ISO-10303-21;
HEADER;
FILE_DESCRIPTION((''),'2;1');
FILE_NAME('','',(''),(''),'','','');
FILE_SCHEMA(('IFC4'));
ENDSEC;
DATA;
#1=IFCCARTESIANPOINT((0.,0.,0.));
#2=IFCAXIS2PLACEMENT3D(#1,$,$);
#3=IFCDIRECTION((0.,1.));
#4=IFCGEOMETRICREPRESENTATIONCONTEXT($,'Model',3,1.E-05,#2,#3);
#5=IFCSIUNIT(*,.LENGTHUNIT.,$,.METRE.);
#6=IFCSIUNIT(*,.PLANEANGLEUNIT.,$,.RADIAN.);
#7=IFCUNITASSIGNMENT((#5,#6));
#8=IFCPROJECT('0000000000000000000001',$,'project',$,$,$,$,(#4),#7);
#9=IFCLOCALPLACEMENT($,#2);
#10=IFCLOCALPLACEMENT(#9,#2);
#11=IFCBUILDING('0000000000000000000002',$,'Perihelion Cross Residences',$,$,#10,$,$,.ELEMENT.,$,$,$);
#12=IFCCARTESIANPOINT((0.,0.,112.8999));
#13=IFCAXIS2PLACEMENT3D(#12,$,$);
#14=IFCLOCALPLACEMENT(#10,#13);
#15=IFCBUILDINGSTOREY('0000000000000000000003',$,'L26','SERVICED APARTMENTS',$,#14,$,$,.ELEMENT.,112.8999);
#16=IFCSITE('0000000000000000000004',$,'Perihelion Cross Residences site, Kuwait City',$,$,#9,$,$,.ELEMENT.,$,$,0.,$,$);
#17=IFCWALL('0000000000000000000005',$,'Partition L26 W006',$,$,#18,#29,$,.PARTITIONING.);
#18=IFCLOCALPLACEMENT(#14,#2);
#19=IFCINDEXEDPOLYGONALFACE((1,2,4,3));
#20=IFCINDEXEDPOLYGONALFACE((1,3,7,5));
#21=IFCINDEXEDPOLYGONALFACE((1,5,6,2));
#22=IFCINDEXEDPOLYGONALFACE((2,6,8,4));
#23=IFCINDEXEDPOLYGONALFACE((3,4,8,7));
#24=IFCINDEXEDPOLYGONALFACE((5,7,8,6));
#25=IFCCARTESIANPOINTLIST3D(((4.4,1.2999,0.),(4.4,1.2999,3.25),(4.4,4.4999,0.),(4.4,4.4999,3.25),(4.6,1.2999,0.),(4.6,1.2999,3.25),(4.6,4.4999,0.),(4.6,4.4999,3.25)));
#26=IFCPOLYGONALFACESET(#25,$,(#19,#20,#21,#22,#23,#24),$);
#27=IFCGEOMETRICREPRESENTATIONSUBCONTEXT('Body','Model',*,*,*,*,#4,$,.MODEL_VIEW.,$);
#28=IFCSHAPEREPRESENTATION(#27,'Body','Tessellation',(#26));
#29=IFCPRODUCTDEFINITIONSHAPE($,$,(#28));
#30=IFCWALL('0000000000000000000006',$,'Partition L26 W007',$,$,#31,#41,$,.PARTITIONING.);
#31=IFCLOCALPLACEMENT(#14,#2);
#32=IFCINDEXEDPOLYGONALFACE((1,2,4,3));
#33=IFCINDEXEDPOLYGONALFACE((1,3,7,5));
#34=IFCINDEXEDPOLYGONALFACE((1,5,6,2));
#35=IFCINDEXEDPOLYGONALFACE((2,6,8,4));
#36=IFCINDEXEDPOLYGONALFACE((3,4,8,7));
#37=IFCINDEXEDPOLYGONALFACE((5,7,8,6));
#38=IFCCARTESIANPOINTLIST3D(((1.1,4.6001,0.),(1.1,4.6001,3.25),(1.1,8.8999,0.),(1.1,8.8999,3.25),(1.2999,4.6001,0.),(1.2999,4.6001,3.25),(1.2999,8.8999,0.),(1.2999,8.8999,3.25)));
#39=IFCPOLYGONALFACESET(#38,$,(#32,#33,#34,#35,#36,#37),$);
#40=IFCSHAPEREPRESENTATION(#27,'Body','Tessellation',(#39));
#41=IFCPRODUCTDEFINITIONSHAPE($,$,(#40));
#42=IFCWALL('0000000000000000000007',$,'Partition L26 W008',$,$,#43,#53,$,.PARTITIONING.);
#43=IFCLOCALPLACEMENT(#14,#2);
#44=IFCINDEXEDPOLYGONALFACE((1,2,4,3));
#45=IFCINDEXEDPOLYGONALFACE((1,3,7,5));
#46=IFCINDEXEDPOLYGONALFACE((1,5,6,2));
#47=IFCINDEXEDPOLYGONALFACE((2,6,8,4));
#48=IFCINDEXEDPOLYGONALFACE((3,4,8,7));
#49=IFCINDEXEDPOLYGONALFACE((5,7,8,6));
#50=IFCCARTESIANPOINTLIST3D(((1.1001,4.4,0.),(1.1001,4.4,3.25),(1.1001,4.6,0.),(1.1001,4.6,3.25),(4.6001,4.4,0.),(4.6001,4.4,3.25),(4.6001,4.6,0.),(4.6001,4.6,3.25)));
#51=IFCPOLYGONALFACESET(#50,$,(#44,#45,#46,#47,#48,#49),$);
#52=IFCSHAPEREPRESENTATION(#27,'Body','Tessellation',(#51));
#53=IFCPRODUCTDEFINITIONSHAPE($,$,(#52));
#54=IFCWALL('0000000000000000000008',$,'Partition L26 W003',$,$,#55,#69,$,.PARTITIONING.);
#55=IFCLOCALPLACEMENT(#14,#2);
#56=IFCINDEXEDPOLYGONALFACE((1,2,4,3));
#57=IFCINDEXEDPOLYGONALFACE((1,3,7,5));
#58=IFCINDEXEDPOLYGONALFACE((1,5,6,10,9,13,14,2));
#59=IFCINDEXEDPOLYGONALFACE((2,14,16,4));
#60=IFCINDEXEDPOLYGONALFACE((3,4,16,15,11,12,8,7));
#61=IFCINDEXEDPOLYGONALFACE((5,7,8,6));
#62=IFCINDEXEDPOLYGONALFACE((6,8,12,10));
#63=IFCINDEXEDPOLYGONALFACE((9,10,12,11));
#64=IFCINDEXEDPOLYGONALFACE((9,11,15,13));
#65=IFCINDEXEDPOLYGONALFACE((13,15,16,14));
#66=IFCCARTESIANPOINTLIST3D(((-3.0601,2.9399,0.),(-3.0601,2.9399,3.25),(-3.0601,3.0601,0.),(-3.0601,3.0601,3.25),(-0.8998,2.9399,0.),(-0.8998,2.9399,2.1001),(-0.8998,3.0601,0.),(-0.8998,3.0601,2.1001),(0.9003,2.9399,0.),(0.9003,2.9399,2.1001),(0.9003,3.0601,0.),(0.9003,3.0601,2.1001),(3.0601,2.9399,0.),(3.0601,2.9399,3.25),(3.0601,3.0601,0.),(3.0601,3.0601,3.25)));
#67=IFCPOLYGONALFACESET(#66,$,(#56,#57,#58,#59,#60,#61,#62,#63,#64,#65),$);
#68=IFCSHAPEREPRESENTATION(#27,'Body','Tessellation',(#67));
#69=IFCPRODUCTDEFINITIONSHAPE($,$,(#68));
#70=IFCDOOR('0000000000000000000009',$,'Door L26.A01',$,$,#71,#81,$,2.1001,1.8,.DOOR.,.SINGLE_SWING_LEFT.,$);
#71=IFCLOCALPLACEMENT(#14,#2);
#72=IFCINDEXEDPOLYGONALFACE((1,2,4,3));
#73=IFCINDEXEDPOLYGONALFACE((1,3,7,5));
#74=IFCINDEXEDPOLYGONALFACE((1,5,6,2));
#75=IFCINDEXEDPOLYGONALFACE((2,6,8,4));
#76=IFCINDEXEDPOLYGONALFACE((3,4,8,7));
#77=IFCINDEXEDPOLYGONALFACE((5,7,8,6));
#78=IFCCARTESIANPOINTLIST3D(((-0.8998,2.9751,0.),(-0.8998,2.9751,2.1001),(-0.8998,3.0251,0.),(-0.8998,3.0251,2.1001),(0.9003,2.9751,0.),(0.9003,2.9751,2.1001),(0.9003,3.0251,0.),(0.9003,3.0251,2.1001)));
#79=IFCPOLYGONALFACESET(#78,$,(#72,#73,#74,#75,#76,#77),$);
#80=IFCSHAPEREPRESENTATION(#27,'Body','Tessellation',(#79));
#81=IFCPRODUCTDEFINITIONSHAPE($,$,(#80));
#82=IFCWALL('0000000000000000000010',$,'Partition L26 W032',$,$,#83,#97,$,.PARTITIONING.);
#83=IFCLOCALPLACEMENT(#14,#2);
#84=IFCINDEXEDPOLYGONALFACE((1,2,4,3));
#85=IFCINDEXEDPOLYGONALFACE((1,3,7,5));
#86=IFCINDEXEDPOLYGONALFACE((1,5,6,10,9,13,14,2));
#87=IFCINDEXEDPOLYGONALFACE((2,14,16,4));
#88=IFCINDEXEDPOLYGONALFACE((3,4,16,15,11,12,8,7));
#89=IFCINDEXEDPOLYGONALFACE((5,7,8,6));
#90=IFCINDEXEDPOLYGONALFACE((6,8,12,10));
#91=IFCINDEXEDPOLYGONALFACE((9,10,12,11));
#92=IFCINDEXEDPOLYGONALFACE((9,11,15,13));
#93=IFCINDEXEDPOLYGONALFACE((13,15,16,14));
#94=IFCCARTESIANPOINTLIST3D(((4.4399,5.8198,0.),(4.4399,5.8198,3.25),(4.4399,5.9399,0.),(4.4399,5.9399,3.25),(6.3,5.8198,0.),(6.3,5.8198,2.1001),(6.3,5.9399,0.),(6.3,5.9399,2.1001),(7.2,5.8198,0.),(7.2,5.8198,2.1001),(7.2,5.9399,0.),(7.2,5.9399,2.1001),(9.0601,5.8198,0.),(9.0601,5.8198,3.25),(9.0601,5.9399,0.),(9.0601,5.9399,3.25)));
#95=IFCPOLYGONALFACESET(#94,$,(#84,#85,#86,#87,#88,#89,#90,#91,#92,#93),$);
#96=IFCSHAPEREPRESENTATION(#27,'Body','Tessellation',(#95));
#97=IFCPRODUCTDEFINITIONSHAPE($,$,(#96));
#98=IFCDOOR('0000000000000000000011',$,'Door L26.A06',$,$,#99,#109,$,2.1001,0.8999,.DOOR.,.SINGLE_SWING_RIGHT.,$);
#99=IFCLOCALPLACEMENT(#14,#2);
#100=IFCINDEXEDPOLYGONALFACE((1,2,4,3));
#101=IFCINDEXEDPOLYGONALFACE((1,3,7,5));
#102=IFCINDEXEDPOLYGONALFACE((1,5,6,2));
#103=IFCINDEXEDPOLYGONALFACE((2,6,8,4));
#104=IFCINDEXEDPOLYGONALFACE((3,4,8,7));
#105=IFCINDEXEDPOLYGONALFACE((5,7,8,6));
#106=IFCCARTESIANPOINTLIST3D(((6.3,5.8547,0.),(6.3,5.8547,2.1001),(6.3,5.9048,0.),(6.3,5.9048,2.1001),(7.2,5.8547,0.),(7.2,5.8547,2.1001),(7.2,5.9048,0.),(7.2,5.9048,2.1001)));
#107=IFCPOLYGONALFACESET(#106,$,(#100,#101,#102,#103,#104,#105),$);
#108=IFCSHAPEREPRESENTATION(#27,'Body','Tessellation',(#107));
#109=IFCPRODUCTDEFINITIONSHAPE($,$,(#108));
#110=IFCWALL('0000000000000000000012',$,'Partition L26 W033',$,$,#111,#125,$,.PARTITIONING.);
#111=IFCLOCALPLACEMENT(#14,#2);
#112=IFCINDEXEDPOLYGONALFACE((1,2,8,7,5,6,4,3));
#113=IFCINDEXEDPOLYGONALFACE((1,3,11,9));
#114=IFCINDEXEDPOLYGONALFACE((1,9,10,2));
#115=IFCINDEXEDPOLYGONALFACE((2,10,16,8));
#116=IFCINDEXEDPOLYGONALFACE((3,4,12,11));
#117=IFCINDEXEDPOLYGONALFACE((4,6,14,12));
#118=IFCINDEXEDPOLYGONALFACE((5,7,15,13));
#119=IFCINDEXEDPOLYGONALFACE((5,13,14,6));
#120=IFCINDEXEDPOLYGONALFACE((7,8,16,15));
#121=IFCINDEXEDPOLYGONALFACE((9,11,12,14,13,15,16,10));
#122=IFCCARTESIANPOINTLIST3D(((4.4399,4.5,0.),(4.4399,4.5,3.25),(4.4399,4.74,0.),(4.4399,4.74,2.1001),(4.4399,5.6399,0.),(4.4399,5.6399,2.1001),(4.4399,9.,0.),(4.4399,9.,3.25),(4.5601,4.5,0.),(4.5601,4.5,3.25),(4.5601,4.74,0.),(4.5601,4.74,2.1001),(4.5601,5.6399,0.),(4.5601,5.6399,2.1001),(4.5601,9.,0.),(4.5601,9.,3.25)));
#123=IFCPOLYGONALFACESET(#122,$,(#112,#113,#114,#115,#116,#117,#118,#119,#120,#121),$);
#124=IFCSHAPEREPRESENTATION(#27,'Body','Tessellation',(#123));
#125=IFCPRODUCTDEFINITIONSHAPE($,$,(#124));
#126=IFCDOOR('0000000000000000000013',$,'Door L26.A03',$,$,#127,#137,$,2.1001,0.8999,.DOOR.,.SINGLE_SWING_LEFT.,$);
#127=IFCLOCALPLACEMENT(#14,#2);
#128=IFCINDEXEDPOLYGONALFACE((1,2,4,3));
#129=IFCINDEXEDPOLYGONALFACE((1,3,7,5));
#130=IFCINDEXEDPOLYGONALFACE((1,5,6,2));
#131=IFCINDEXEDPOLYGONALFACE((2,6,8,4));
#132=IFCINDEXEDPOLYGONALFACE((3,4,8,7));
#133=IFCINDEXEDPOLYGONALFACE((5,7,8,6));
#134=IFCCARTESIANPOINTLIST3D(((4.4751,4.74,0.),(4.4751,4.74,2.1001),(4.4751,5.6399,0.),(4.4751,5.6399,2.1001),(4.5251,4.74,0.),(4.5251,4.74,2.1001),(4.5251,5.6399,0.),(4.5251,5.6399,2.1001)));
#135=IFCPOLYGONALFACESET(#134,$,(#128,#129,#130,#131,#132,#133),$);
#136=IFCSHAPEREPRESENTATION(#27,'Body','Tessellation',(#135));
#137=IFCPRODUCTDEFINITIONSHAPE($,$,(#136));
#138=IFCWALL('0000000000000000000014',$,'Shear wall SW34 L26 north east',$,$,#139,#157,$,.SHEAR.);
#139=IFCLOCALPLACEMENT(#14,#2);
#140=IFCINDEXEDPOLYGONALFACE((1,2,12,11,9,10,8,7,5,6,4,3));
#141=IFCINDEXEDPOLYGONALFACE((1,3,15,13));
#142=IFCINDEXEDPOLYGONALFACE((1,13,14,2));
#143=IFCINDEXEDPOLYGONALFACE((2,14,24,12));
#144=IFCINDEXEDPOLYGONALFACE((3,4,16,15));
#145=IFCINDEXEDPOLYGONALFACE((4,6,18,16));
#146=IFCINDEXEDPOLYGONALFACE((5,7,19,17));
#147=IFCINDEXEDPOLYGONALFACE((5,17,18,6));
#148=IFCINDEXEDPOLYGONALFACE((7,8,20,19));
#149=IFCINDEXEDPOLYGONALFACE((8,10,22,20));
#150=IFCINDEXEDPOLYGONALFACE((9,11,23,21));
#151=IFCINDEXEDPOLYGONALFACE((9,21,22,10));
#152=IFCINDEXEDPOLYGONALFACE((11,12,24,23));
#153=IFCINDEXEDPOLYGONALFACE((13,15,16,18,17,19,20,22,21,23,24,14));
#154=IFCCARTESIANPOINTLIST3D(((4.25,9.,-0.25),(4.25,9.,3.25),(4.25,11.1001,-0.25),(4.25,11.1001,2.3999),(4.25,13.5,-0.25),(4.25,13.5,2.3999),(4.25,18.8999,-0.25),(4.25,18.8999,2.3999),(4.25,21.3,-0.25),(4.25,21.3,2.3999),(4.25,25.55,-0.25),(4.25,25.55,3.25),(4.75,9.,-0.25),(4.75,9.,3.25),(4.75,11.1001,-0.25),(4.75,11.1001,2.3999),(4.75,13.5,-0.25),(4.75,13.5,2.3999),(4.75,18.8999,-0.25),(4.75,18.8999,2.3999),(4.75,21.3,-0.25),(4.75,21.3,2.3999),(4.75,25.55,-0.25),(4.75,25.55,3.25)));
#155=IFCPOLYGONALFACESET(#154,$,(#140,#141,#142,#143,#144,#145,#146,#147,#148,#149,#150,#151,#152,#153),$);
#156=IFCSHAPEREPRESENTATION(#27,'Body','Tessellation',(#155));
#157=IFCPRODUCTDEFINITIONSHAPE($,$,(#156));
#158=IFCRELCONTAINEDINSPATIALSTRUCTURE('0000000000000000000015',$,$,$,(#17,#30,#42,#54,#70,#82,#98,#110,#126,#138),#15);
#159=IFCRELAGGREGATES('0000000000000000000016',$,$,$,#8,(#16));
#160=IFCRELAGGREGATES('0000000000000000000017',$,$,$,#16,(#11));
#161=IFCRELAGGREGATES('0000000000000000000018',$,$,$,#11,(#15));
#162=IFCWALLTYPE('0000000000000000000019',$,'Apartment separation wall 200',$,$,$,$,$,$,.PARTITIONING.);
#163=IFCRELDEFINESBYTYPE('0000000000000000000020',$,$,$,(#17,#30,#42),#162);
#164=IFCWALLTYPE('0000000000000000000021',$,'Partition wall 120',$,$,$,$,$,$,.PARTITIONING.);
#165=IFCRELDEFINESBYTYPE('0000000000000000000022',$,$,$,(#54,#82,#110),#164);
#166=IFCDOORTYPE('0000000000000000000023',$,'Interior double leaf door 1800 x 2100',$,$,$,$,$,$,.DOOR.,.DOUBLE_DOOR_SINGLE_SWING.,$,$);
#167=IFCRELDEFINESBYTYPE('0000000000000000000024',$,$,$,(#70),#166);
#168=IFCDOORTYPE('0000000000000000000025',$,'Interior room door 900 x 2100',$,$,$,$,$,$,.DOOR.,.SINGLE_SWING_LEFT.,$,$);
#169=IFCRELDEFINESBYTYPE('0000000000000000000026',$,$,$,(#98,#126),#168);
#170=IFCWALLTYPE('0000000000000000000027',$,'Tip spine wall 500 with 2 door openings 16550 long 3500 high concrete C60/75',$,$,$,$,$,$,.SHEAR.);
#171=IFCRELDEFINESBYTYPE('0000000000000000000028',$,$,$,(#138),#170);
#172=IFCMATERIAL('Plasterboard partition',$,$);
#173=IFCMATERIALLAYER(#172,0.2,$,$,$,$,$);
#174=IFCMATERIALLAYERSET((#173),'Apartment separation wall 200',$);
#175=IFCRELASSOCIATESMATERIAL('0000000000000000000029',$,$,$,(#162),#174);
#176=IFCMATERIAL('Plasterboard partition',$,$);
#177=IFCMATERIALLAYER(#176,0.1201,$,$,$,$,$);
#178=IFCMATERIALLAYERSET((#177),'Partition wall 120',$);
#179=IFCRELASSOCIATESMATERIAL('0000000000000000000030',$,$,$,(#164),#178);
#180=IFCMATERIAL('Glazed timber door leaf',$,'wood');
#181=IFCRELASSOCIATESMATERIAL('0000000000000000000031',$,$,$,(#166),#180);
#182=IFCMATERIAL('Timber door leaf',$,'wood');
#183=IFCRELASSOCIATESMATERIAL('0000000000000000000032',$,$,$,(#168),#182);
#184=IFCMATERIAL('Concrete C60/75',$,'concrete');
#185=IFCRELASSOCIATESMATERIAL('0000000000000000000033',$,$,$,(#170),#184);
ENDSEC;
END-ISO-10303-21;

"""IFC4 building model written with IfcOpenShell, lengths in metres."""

from ifc_helpers import new_model, si_unit, direction, frame, frame_2d, origin, place, context, subcontext, project, spatial, polyline, rectangle, outline, extrude, material, layer, layer_set, material_profile, profile_set, type_object, element, fill, save


model = new_model("IFC4")

# Units and contexts
model_context = context("Model", 3, precision=1e-05, world=origin(), true_north=direction((0.0, 1.0)))
body_context = subcontext(model_context, "Body", "Model", "MODEL_VIEW")
ifc_project = project(units=[si_unit("LENGTHUNIT", "METRE"), si_unit("PLANEANGLEUNIT", "RADIAN")], contexts=[model_context])

# Site, building, storey
site_placement = place(None, origin())
site = spatial("IfcSite", under=ifc_project, at=site_placement, Name="Perihelion Cross Residences site, Kuwait City", CompositionType="ELEMENT", RefElevation=0.0)
building_placement = place(site_placement, origin())
building = spatial("IfcBuilding", under=site, at=building_placement, Name="Perihelion Cross Residences", CompositionType="ELEMENT")
storey_placement = place(building_placement, frame((0.0, 0.0, 112.8999)))
storey = spatial("IfcBuildingStorey", under=building, at=storey_placement, Name="L26", Description="SERVICED APARTMENTS", CompositionType="ELEMENT", Elevation=112.8999)

# Shared definitions
ifc_material_1 = material(Name="Plasterboard partition")
ifc_layer_1 = layer(ifc_material_1, 0.2)
ifc_layer_set_1 = layer_set([ifc_layer_1], Name="Apartment separation wall 200")
wall_type_1 = type_object("IfcWallType", Name="Apartment separation wall 200", PredefinedType="PARTITIONING", material=ifc_layer_set_1)

# Walls
wall_1_placement = place(storey_placement, frame((4.5, 4.5, 0.0), z_axis=(0.0, 0.0, 1.0), x_axis=(0.0, -1.0, 0.0)))
element("IfcWall", 1, at=wall_1_placement, inside=storey, type_object=wall_type_1, Name="Partition L26 W006", PredefinedType="PARTITIONING", context=body_context, shape_type="SweptSolid", body=[
    extrude(rectangle(XDim=3.2, YDim=0.2, at=frame_2d((1.6001, 0.0))), origin(), (0.0, 0.0, 1.0), 3.25),
])
wall_2_placement = place(storey_placement, frame((1.2, 8.8999, 0.0), z_axis=(0.0, 0.0, 1.0), x_axis=(0.0, -1.0, 0.0)))
element("IfcWall", 2, at=wall_2_placement, inside=storey, type_object=wall_type_1, Name="Partition L26 W007", PredefinedType="PARTITIONING", context=body_context, shape_type="SweptSolid", body=[
    extrude(rectangle(XDim=4.2998, YDim=0.2, at=frame_2d((2.1499, 0.0))), origin(), (0.0, 0.0, 1.0), 3.25),
])
wall_3_placement = place(storey_placement, frame((1.1001, 4.5, 0.0), z_axis=(0.0, 0.0, 1.0), x_axis=(1.0, 0.0, 0.0)))
element("IfcWall", 3, at=wall_3_placement, inside=storey, type_object=wall_type_1, Name="Partition L26 W008", PredefinedType="PARTITIONING", context=body_context, shape_type="SweptSolid", body=[
    extrude(rectangle(XDim=3.5, YDim=0.2, at=frame_2d((1.75, 0.0))), origin(), (0.0, 0.0, 1.0), 3.25),
])

# Walls, openings, doors
ifc_material_2 = material(Name="Plasterboard partition")
ifc_layer_2 = layer(ifc_material_2, 0.1201)
ifc_layer_set_2 = layer_set([ifc_layer_2], Name="Partition wall 120")
wall_type_2 = type_object("IfcWallType", Name="Partition wall 120", PredefinedType="PARTITIONING", material=ifc_layer_set_2)
wall_4_placement = place(storey_placement, frame((3.0601, 3.0, 0.0), z_axis=(0.0, 0.0, 1.0), x_axis=(-1.0, 0.0, 0.0)))
wall_4 = element("IfcWall", 4, at=wall_4_placement, inside=storey, type_object=wall_type_2, Name="Partition L26 W003", PredefinedType="PARTITIONING", context=body_context, shape_type="SweptSolid", body=[
    extrude(rectangle(XDim=6.1201, YDim=0.1201, at=frame_2d((3.0601, 0.0))), origin(), (0.0, 0.0, 1.0), 3.25),
])
opening_1_placement = place(wall_4_placement, frame((2.1599, 0.0, 0.0)))
opening_1 = element("IfcOpeningElement", 5, at=opening_1_placement, cuts=wall_4, PredefinedType="OPENING", context=body_context, shape_type="SweptSolid", body=[
    extrude(rectangle(XDim=1.8, YDim=2.1001, at=frame_2d((0.8999, 1.05))), frame((0.0, 0.0701, 0.0), z_axis=(0.0, -1.0, 0.0), x_axis=(1.0, 0.0, 0.0)), (0.0, 0.0, 1.0), 0.1401),
])
ifc_material_3 = material(Name="Glazed timber door leaf", Category="wood")
door_type_1 = type_object("IfcDoorType", Name="Interior double leaf door 1800 x 2100", OperationType="DOUBLE_DOOR_SINGLE_SWING", PredefinedType="DOOR", material=ifc_material_3)
door_1_placement = place(opening_1_placement, origin())
door_1 = element("IfcDoor", 6, at=door_1_placement, inside=storey, type_object=door_type_1, Name="Door L26.A01", OperationType="SINGLE_SWING_LEFT", OverallHeight=2.1001, OverallWidth=1.8, PredefinedType="DOOR", context=body_context, shape_type="SweptSolid", body=[
    extrude(rectangle(XDim=1.8, YDim=2.1001, at=frame_2d((0.8999, 1.05))), frame((0.0, 0.0249, 0.0), z_axis=(0.0, -1.0, 0.0), x_axis=(1.0, 0.0, 0.0)), (0.0, 0.0, 1.0), 0.05),
])
fill(opening_1, door_1)
wall_5_placement = place(storey_placement, frame((4.4399, 5.8799, 0.0), z_axis=(0.0, 0.0, 1.0), x_axis=(1.0, 0.0, 0.0)))
wall_5 = element("IfcWall", 7, at=wall_5_placement, inside=storey, type_object=wall_type_2, Name="Partition L26 W032", PredefinedType="PARTITIONING", context=body_context, shape_type="SweptSolid", body=[
    extrude(rectangle(XDim=4.6201, YDim=0.1201, at=frame_2d((2.3101, 0.0))), origin(), (0.0, 0.0, 1.0), 3.25),
])
opening_2_placement = place(wall_5_placement, frame((1.8601, 0.0, 0.0)))
opening_2 = element("IfcOpeningElement", 8, at=opening_2_placement, cuts=wall_5, PredefinedType="OPENING", context=body_context, shape_type="SweptSolid", body=[
    extrude(rectangle(XDim=0.8999, YDim=2.1001, at=frame_2d((0.45, 1.05))), frame((0.0, 0.0701, 0.0), z_axis=(0.0, -1.0, 0.0), x_axis=(1.0, 0.0, 0.0)), (0.0, 0.0, 1.0), 0.1401),
])
ifc_material_4 = material(Name="Timber door leaf", Category="wood")
door_type_2 = type_object("IfcDoorType", Name="Interior room door 900 x 2100", OperationType="SINGLE_SWING_LEFT", PredefinedType="DOOR", material=ifc_material_4)
door_2_placement = place(opening_2_placement, origin())
door_2 = element("IfcDoor", 9, at=door_2_placement, inside=storey, type_object=door_type_2, Name="Door L26.A06", OperationType="SINGLE_SWING_RIGHT", OverallHeight=2.1001, OverallWidth=0.8999, PredefinedType="DOOR", context=body_context, shape_type="SweptSolid", body=[
    extrude(rectangle(XDim=0.8999, YDim=2.1001, at=frame_2d((0.45, 1.05))), frame((0.0, 0.0249, 0.0), z_axis=(0.0, -1.0, 0.0), x_axis=(1.0, 0.0, 0.0)), (0.0, 0.0, 1.0), 0.05),
])
fill(opening_2, door_2)
wall_6_placement = place(storey_placement, frame((4.5, 4.5, 0.0), z_axis=(0.0, 0.0, 1.0), x_axis=(0.0, 1.0, 0.0)))
wall_6 = element("IfcWall", 10, at=wall_6_placement, inside=storey, type_object=wall_type_2, Name="Partition L26 W033", PredefinedType="PARTITIONING", context=body_context, shape_type="SweptSolid", body=[
    extrude(rectangle(XDim=4.5, YDim=0.1201, at=frame_2d((2.25, 0.0))), origin(), (0.0, 0.0, 1.0), 3.25),
])
opening_3_placement = place(wall_6_placement, frame((0.24, 0.0, 0.0)))
opening_3 = element("IfcOpeningElement", 11, at=opening_3_placement, cuts=wall_6, PredefinedType="OPENING", context=body_context, shape_type="SweptSolid", body=[
    extrude(rectangle(XDim=0.8999, YDim=2.1001, at=frame_2d((0.45, 1.05))), frame((0.0, 0.0701, 0.0), z_axis=(0.0, -1.0, 0.0), x_axis=(1.0, 0.0, 0.0)), (0.0, 0.0, 1.0), 0.1401),
])
door_3_placement = place(opening_3_placement, origin())
door_3 = element("IfcDoor", 12, at=door_3_placement, inside=storey, type_object=door_type_2, Name="Door L26.A03", OperationType="SINGLE_SWING_LEFT", OverallHeight=2.1001, OverallWidth=0.8999, PredefinedType="DOOR", context=body_context, shape_type="SweptSolid", body=[
    extrude(rectangle(XDim=0.8999, YDim=2.1001, at=frame_2d((0.45, 1.05))), frame((0.0, 0.0249, 0.0), z_axis=(0.0, -1.0, 0.0), x_axis=(1.0, 0.0, 0.0)), (0.0, 0.0, 1.0), 0.05),
])
fill(opening_3, door_3)

# Wall
ifc_material_5 = material(Name="Concrete C60/75", Category="concrete")
ifc_material_profile_1 = material_profile(ifc_material_5, outline(polyline([(0.0, 0.0), (2.1001, 0.0), (2.1001, 2.6499), (4.5, 2.6499), (4.5, 0.0), (9.8999, 0.0), (9.8999, 2.6499), (12.3, 2.6499), (12.3, 0.0), (16.55, 0.0), (16.55, 3.5), (0.0, 3.5), (0.0, 0.0)])), Name="Tip spine wall")
ifc_profile_set_1 = profile_set([ifc_material_profile_1], Name="Concrete C60/75")
wall_type_3 = type_object("IfcWallType", Name="Tip spine wall 500 with 2 door openings 16550 long 3500 high concrete C60/75", PredefinedType="SHEAR", material=ifc_profile_set_1)
wall_7_placement = place(storey_placement, frame((4.25, 9.0, -0.25), z_axis=(1.0, 0.0, 0.0), x_axis=(0.0, 1.0, 0.0)))
element("IfcWall", 13, at=wall_7_placement, inside=storey, type_object=wall_type_3, Name="Shear wall SW34 L26 north east", PredefinedType="SHEAR", context=body_context, shape_type="SweptSolid", body=[
    extrude(outline(polyline([(0.0, 0.0), (2.1001, 0.0), (2.1001, 2.6499), (4.5, 2.6499), (4.5, 0.0), (9.8999, 0.0), (9.8999, 2.6499), (12.3, 2.6499), (12.3, 0.0), (16.55, 0.0), (16.55, 3.5), (0.0, 3.5), (0.0, 0.0)])), origin(), (0.0, 0.0, 1.0), 0.5),
])

save(model, "model.ifc")
